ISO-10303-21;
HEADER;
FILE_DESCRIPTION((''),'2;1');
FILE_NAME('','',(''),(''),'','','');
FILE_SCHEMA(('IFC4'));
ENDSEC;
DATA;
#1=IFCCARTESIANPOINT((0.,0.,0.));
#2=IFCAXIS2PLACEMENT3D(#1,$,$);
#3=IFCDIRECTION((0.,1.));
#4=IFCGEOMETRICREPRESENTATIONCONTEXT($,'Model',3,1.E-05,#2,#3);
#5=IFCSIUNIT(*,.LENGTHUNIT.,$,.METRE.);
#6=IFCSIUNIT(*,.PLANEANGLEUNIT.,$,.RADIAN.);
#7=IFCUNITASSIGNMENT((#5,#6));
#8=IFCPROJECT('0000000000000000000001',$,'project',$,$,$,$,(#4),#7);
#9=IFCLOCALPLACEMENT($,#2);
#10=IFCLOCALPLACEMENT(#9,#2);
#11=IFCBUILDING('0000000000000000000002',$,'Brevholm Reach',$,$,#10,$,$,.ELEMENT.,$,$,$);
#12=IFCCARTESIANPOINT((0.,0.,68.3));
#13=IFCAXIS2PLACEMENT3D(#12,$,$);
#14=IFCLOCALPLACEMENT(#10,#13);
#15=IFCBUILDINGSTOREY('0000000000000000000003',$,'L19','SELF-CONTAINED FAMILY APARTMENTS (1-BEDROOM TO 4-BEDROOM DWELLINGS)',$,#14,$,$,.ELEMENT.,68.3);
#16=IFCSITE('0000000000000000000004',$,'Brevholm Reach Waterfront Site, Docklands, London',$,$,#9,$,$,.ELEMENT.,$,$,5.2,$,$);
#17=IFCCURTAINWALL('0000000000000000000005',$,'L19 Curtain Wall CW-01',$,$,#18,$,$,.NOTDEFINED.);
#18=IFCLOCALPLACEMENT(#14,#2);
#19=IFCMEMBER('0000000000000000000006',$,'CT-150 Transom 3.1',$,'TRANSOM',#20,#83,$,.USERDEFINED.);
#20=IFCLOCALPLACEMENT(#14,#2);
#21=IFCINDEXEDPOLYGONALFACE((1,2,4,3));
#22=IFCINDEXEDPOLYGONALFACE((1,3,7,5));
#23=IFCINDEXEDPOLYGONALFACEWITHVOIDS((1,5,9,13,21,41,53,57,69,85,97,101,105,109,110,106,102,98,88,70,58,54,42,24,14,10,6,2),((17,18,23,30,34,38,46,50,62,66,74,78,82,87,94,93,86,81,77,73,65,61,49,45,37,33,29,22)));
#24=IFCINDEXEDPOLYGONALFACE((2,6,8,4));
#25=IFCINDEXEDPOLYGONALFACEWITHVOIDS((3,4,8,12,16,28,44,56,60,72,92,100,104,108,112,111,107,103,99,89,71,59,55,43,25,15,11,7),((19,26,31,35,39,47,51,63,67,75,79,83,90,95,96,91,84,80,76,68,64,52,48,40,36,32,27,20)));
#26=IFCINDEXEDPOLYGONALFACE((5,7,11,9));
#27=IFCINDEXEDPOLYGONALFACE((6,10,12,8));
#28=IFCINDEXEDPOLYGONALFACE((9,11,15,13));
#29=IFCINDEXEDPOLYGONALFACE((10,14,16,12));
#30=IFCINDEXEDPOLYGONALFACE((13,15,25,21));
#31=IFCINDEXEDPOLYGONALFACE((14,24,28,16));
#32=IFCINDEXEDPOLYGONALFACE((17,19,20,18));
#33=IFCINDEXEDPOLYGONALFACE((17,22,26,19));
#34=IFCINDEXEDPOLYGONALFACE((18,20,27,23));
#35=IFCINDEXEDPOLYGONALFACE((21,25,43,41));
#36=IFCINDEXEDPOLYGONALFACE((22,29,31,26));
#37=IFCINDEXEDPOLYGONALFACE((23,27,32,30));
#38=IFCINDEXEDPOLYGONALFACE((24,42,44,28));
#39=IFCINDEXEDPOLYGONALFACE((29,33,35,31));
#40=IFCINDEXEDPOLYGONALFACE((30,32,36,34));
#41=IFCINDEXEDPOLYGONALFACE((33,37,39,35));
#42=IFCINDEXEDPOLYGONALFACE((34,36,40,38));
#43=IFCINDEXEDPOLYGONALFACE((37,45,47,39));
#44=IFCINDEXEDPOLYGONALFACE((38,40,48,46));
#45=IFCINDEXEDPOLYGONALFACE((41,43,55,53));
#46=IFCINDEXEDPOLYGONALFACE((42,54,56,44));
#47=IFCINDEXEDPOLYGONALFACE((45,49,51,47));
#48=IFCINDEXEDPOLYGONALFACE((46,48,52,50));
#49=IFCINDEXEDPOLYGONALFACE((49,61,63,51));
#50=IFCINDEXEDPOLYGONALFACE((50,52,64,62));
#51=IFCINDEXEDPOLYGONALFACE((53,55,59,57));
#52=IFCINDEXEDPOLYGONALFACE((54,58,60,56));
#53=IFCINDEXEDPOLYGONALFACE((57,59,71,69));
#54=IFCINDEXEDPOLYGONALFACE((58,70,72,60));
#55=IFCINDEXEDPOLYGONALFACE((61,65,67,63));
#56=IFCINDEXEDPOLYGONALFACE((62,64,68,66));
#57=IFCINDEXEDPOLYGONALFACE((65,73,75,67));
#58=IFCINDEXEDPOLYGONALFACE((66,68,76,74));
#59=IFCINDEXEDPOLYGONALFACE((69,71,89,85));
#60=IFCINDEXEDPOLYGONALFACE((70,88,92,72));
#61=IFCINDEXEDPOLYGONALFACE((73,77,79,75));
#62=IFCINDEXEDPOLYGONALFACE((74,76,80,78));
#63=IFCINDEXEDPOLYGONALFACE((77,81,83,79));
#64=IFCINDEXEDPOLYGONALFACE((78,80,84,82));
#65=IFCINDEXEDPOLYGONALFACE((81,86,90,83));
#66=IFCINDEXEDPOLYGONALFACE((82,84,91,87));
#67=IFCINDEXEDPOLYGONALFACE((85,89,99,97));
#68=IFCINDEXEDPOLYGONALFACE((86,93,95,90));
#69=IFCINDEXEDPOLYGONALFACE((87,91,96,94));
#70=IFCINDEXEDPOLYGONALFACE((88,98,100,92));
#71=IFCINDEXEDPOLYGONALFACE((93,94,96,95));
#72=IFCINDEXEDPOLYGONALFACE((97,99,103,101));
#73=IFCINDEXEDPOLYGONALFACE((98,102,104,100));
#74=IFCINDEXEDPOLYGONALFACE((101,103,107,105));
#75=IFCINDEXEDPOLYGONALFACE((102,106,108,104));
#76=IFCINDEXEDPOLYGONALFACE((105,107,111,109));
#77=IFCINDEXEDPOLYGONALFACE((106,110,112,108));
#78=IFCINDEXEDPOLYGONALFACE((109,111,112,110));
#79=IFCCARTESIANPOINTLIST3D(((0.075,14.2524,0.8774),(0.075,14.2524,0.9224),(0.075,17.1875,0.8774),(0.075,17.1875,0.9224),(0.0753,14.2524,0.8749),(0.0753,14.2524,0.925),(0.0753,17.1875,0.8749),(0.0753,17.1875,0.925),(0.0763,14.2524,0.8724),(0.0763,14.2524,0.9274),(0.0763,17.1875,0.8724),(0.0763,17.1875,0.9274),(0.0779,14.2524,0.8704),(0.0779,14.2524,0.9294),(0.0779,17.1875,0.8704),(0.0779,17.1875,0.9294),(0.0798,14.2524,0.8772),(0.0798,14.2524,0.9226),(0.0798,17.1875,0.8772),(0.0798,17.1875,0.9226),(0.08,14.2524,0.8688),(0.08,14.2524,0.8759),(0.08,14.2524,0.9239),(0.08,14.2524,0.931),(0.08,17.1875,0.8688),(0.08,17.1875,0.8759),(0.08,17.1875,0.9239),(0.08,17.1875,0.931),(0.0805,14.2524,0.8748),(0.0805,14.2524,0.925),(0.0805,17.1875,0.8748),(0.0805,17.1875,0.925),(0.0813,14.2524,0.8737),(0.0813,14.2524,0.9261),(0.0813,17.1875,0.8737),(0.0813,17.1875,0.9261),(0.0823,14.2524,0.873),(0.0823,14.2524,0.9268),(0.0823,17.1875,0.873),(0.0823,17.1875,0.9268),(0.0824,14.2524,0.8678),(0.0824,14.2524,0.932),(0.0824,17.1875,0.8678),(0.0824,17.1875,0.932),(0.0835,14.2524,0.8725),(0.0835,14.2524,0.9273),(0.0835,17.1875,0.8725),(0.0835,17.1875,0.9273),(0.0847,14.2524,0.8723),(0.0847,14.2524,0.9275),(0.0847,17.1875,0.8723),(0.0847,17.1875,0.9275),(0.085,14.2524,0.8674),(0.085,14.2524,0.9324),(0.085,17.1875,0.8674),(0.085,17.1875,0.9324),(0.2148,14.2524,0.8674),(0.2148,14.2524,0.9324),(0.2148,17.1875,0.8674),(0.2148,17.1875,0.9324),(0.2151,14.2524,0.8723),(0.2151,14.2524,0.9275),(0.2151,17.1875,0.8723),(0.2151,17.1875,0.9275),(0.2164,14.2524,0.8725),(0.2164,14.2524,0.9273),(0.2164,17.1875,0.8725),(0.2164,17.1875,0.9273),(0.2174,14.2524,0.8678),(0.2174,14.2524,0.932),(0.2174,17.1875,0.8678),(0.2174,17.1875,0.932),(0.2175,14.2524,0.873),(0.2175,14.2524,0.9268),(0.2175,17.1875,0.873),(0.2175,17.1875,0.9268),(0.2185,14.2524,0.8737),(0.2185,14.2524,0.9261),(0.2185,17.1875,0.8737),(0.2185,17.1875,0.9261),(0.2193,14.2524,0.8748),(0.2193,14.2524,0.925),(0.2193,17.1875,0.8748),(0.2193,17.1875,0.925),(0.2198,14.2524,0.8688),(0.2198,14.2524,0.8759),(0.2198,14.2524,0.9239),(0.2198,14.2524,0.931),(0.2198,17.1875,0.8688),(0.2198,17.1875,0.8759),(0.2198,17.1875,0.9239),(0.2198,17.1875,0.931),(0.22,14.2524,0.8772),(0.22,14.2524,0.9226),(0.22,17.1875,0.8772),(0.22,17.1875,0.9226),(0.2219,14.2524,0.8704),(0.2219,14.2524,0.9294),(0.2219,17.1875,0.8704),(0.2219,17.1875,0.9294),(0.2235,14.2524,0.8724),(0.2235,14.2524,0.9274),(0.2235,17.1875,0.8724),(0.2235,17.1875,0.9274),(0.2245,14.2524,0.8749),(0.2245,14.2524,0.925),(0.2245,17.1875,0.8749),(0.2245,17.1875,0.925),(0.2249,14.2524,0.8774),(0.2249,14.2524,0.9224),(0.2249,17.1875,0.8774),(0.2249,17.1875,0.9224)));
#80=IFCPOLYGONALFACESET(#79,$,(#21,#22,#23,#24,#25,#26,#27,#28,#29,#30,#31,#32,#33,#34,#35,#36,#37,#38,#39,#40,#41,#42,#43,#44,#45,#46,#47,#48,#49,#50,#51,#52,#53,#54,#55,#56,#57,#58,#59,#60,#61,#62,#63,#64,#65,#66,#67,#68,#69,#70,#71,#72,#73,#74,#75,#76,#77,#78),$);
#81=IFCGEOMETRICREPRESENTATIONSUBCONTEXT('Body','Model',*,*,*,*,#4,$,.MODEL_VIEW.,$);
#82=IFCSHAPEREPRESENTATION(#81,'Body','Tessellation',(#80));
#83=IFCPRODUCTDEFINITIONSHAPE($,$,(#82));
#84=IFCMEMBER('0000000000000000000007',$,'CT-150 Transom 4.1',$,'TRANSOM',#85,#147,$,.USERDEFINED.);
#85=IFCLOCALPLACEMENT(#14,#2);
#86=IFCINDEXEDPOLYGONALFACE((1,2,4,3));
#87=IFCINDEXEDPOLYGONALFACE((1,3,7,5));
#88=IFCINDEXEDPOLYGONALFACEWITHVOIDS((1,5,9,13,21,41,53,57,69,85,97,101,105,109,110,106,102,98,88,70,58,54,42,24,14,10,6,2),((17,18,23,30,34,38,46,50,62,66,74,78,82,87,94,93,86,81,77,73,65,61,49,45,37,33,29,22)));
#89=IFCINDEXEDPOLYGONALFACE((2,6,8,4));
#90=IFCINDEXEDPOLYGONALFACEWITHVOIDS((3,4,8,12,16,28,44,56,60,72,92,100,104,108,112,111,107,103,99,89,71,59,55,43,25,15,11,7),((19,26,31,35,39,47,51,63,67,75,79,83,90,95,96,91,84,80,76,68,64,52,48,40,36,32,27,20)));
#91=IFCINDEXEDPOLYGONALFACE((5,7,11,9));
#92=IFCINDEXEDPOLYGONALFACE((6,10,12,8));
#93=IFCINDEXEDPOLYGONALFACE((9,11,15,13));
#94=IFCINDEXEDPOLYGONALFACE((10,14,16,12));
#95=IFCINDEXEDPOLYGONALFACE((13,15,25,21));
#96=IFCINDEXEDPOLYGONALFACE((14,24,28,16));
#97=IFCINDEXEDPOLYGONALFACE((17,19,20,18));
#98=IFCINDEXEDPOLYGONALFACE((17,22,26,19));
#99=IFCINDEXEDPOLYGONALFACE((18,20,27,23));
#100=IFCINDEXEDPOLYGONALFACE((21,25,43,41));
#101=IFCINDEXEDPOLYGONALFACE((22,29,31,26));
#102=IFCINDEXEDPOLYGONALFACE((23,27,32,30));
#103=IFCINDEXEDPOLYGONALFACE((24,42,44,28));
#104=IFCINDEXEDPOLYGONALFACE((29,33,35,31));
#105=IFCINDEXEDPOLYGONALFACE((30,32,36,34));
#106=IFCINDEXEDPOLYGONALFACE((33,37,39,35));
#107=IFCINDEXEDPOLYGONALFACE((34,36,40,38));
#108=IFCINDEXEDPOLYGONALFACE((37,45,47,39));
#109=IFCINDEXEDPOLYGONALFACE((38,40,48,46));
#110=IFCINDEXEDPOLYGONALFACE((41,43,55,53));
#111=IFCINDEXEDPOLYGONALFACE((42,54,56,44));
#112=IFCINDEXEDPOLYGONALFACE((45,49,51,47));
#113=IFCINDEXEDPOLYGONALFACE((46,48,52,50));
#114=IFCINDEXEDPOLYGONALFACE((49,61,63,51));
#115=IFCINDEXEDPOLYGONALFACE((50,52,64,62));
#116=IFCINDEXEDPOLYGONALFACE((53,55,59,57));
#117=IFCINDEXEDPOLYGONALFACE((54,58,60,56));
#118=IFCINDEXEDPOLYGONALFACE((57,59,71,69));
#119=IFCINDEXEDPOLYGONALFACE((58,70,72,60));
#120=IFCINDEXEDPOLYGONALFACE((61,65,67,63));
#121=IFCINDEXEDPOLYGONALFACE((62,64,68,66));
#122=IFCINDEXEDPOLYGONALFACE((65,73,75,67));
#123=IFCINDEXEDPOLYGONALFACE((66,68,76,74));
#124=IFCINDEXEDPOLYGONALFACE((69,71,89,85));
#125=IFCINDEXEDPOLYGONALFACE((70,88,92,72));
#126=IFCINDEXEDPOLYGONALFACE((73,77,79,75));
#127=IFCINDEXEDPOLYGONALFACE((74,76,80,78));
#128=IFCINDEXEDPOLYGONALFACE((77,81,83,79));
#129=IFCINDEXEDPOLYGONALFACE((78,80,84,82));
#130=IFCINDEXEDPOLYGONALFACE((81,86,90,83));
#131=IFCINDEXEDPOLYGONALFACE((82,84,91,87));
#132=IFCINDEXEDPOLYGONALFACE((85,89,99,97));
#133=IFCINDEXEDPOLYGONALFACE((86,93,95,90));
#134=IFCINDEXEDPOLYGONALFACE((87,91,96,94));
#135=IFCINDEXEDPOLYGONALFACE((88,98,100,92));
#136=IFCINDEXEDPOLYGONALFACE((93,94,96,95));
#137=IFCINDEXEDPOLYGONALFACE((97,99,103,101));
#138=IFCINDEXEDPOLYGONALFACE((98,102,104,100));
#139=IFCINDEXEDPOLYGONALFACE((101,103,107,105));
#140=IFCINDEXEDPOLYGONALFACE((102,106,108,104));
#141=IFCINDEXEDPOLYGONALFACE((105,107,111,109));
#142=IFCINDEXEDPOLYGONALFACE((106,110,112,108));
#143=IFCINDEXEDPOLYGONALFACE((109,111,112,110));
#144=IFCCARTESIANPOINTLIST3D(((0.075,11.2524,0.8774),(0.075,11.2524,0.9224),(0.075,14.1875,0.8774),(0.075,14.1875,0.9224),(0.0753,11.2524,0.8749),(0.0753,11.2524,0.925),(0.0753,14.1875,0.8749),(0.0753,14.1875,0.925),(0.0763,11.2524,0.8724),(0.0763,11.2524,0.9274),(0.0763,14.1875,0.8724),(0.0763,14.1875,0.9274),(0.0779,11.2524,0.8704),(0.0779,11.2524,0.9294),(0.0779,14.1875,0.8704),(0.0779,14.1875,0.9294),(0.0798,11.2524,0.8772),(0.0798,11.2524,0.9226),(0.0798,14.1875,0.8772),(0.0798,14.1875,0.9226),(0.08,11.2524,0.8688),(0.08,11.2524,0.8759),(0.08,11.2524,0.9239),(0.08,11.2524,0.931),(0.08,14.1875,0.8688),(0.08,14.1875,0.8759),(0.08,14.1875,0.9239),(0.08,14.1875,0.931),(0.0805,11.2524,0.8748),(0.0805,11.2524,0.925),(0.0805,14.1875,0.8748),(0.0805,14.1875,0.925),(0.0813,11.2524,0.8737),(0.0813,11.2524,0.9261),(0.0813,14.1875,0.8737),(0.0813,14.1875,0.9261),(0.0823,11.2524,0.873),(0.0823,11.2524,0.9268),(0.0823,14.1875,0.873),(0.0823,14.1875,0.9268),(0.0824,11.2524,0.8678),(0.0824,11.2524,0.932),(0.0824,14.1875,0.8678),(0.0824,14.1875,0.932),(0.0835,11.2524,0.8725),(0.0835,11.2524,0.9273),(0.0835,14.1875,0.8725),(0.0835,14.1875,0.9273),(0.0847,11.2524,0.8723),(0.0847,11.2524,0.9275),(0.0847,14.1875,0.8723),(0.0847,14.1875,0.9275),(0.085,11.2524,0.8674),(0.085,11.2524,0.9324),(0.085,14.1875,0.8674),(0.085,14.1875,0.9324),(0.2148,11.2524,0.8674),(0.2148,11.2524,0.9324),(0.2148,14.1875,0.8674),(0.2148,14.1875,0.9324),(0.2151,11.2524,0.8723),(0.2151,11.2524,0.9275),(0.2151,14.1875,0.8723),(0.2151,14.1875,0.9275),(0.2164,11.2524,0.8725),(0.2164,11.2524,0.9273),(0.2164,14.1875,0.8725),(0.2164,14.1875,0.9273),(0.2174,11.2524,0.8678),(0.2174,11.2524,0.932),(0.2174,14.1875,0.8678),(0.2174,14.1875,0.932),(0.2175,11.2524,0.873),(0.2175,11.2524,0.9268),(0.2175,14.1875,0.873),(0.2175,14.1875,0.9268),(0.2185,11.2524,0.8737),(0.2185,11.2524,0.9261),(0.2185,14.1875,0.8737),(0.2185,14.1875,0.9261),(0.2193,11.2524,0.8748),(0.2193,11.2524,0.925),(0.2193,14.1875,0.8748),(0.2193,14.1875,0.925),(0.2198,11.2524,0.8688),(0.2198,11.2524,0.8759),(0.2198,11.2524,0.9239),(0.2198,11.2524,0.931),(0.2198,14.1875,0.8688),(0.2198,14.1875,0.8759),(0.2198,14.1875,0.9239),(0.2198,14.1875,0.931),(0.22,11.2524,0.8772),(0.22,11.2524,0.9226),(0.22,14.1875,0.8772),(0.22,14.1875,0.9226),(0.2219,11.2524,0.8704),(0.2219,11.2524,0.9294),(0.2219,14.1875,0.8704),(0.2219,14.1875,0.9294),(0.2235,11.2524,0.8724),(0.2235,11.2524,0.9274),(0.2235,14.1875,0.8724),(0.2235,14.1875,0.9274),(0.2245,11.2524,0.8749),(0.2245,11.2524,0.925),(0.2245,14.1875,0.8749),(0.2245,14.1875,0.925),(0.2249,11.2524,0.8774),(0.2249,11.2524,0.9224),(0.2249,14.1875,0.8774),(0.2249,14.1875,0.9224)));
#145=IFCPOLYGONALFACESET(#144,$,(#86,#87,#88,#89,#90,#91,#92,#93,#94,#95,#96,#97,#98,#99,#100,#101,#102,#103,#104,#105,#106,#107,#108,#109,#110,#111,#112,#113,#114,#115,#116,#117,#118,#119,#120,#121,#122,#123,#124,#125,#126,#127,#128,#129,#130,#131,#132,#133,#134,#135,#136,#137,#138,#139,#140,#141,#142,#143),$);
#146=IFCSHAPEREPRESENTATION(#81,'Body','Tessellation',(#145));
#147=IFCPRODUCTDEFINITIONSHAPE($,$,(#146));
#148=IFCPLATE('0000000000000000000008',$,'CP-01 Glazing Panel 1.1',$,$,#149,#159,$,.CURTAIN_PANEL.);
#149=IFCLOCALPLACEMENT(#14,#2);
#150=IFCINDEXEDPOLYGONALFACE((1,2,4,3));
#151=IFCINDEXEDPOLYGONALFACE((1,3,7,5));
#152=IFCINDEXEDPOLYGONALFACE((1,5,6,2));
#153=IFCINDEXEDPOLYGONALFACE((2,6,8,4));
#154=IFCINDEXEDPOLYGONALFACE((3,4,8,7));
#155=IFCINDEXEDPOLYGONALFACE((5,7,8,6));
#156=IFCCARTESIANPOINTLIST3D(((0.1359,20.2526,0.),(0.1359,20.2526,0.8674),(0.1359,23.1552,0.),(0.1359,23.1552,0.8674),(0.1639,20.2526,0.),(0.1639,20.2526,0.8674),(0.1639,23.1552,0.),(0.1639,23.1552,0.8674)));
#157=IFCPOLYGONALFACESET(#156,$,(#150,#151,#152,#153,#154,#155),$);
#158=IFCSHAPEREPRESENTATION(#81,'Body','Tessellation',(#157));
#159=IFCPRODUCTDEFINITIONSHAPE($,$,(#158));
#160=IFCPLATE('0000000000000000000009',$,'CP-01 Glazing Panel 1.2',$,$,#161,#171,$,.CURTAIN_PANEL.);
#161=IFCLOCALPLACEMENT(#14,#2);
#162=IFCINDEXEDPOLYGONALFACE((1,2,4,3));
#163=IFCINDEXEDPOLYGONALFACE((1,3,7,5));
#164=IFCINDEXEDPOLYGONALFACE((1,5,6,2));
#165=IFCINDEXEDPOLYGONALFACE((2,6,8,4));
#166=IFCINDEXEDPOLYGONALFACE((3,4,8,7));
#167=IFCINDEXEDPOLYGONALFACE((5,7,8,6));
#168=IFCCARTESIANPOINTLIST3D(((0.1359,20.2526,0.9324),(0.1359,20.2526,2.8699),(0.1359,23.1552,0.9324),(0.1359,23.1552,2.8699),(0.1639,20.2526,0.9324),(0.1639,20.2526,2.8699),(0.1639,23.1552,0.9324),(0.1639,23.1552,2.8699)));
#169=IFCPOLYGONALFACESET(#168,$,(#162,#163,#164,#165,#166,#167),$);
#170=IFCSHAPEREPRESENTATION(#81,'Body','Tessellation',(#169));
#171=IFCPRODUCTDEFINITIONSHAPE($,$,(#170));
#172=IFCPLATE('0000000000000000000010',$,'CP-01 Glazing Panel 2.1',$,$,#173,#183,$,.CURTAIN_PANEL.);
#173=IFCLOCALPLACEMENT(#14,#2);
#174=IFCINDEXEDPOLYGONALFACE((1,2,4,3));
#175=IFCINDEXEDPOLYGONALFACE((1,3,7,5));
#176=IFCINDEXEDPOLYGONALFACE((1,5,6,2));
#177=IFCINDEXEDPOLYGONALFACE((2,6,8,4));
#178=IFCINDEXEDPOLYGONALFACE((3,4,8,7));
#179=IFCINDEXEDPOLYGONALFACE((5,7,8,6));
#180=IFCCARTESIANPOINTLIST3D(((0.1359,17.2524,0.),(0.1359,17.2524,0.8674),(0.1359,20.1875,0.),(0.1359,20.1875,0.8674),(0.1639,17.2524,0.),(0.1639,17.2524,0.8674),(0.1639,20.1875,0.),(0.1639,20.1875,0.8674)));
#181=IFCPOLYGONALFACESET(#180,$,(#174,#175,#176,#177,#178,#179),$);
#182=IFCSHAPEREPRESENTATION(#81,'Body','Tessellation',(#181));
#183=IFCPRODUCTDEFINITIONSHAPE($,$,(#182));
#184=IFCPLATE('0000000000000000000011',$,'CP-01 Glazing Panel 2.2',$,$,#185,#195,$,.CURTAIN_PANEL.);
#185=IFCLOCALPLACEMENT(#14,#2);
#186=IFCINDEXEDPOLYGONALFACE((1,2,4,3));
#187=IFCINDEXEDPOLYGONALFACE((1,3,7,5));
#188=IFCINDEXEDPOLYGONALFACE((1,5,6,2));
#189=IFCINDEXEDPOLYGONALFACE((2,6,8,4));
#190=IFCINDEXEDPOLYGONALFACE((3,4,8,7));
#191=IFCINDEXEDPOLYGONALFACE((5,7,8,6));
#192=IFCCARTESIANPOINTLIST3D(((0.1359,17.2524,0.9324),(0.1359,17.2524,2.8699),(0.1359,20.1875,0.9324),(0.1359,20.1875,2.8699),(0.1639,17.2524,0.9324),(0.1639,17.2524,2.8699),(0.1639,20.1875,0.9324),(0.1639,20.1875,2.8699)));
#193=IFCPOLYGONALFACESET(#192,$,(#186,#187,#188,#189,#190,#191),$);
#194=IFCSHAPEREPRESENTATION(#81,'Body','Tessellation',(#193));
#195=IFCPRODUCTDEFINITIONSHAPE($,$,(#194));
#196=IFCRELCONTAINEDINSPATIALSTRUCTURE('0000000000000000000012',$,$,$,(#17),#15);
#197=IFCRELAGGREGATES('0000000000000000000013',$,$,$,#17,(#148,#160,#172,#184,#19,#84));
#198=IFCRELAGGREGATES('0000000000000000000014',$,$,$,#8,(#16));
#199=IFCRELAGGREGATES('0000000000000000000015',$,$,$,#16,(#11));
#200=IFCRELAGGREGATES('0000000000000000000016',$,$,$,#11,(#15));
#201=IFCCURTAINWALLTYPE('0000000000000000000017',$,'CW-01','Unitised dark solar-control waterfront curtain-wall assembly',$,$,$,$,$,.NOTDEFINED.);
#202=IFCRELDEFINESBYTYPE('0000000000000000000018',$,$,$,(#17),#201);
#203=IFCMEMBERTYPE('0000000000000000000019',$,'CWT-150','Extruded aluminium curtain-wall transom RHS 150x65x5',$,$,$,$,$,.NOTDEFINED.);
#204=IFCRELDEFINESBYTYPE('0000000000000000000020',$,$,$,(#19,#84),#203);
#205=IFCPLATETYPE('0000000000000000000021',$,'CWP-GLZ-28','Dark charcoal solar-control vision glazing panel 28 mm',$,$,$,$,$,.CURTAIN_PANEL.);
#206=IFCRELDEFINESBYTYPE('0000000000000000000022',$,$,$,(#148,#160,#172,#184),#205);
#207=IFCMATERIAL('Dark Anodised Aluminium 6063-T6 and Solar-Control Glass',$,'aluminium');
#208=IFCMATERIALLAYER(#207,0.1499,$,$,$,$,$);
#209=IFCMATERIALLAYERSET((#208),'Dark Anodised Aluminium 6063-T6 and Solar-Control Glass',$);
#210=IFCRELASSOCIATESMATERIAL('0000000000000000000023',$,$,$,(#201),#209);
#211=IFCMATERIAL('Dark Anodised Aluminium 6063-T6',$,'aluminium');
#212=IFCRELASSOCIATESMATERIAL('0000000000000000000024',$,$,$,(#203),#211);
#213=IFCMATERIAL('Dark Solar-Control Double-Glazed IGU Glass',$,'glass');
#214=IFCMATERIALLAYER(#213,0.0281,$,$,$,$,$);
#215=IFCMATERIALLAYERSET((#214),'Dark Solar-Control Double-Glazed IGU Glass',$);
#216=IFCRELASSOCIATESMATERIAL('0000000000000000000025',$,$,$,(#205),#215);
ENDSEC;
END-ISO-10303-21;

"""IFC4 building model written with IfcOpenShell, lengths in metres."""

from ifc_helpers import new_model, si_unit, direction, frame, origin, origin_2d, place, context, subcontext, project, spatial, rectangle, hollow_rectangle, extrude, material, layer, layer_set, material_profile, profile_set, type_object, element, aggregate, save


model = new_model("IFC4")

# Units and contexts
model_context = context("Model", 3, precision=1e-05, world=origin(), true_north=direction((0.0, 1.0)))
body_context = subcontext(model_context, "Body", "Model", "MODEL_VIEW")
ifc_project = project(units=[si_unit("LENGTHUNIT", "METRE"), si_unit("PLANEANGLEUNIT", "RADIAN")], contexts=[model_context])

# Site, building, storey
site_placement = place(None, origin())
site = spatial("IfcSite", under=ifc_project, at=site_placement, Name="Brevholm Reach Waterfront Site, Docklands, London", CompositionType="ELEMENT", RefElevation=5.2)
building_placement = place(site_placement, origin())
building = spatial("IfcBuilding", under=site, at=building_placement, Name="Brevholm Reach", CompositionType="ELEMENT")
storey_placement = place(building_placement, frame((0.0, 0.0, 68.3)))
storey = spatial("IfcBuildingStorey", under=building, at=storey_placement, Name="L19", Description="SELF-CONTAINED FAMILY APARTMENTS (1-BEDROOM TO 4-BEDROOM DWELLINGS)", CompositionType="ELEMENT", Elevation=68.3)

# Curtain wall, members, plates
ifc_material_1 = material(Name="Dark Anodised Aluminium 6063-T6 and Solar-Control Glass", Category="aluminium")
ifc_layer_1 = layer(ifc_material_1, 0.1499)
ifc_layer_set_1 = layer_set([ifc_layer_1], Name="Dark Anodised Aluminium 6063-T6 and Solar-Control Glass")
curtain_wall_type = type_object("IfcCurtainWallType", Name="CW-01", Description="Unitised dark solar-control waterfront curtain-wall assembly", PredefinedType="NOTDEFINED", material=ifc_layer_set_1)
curtain_wall_placement = place(storey_placement, origin())
curtain_wall = element("IfcCurtainWall", 1, at=curtain_wall_placement, inside=storey, type_object=curtain_wall_type, Name="L19 Curtain Wall CW-01", PredefinedType="NOTDEFINED")
ifc_material_2 = material(Name="Dark Anodised Aluminium 6063-T6", Category="aluminium")
ifc_material_profile_1 = material_profile(ifc_material_2, hollow_rectangle(XDim=0.0649, YDim=0.1499, WallThickness=0.0049, InnerFilletRadius=0.0049, OuterFilletRadius=0.01, at=origin_2d()), Name="RHS 150x65x5")
ifc_profile_set_1 = profile_set([ifc_material_profile_1], Name="Dark Anodised Aluminium 6063-T6")
member_type_1 = type_object("IfcMemberType", Name="CWT-150", Description="Extruded aluminium curtain-wall transom RHS 150x65x5", PredefinedType="NOTDEFINED", material=ifc_profile_set_1)
member_1_placement = place(storey_placement, frame((0.1499, 17.1875, 0.8999), z_axis=(0.0, -1.0, 0.0), x_axis=(0.0, 0.0, 1.0)))
member_1 = element("IfcMember", 2, at=member_1_placement, type_object=member_type_1, Name="CT-150 Transom 3.1", ObjectType="TRANSOM", PredefinedType="USERDEFINED", context=body_context, shape_type="SweptSolid", body=[
    extrude(hollow_rectangle(XDim=0.0649, YDim=0.1499, WallThickness=0.0049, InnerFilletRadius=0.0049, OuterFilletRadius=0.01, at=origin_2d()), origin(), (0.0, 0.0, 1.0), 2.9351),
])
member_2_placement = place(storey_placement, frame((0.1499, 14.1875, 0.8999), z_axis=(0.0, -1.0, 0.0), x_axis=(0.0, 0.0, 1.0)))
member_2 = element("IfcMember", 3, at=member_2_placement, type_object=member_type_1, Name="CT-150 Transom 4.1", ObjectType="TRANSOM", PredefinedType="USERDEFINED", context=body_context, shape_type="SweptSolid", body=[
    extrude(hollow_rectangle(XDim=0.0649, YDim=0.1499, WallThickness=0.0049, InnerFilletRadius=0.0049, OuterFilletRadius=0.01, at=origin_2d()), origin(), (0.0, 0.0, 1.0), 2.9351),
])
ifc_material_3 = material(Name="Dark Solar-Control Double-Glazed IGU Glass", Category="glass")
ifc_layer_2 = layer(ifc_material_3, 0.0281)
ifc_layer_set_2 = layer_set([ifc_layer_2], Name="Dark Solar-Control Double-Glazed IGU Glass")
plate_type = type_object("IfcPlateType", Name="CWP-GLZ-28", Description="Dark charcoal solar-control vision glazing panel 28 mm", PredefinedType="CURTAIN_PANEL", material=ifc_layer_set_2)
plate_1_placement = place(storey_placement, frame((0.1499, 21.7039, 0.0), z_axis=(0.0, 0.0, 1.0), x_axis=(0.0, -1.0, 0.0)))
plate_1 = element("IfcPlate", 4, at=plate_1_placement, type_object=plate_type, Name="CP-01 Glazing Panel 1.1", PredefinedType="CURTAIN_PANEL", context=body_context, shape_type="SweptSolid", body=[
    extrude(rectangle(XDim=2.9026, YDim=0.0281, at=origin_2d()), origin(), (0.0, 0.0, 1.0), 0.8674),
])
plate_2_placement = place(storey_placement, frame((0.1499, 21.7039, 0.9324), z_axis=(0.0, 0.0, 1.0), x_axis=(0.0, -1.0, 0.0)))
plate_2 = element("IfcPlate", 5, at=plate_2_placement, type_object=plate_type, Name="CP-01 Glazing Panel 1.2", PredefinedType="CURTAIN_PANEL", context=body_context, shape_type="SweptSolid", body=[
    extrude(rectangle(XDim=2.9026, YDim=0.0281, at=origin_2d()), origin(), (0.0, 0.0, 1.0), 1.9375),
])
plate_3_placement = place(storey_placement, frame((0.1499, 18.72, 0.0), z_axis=(0.0, 0.0, 1.0), x_axis=(0.0, -1.0, 0.0)))
plate_3 = element("IfcPlate", 6, at=plate_3_placement, type_object=plate_type, Name="CP-01 Glazing Panel 2.1", PredefinedType="CURTAIN_PANEL", context=body_context, shape_type="SweptSolid", body=[
    extrude(rectangle(XDim=2.9351, YDim=0.0281, at=origin_2d()), origin(), (0.0, 0.0, 1.0), 0.8674),
])
plate_4_placement = place(storey_placement, frame((0.1499, 18.72, 0.9324), z_axis=(0.0, 0.0, 1.0), x_axis=(0.0, -1.0, 0.0)))
plate_4 = element("IfcPlate", 7, at=plate_4_placement, type_object=plate_type, Name="CP-01 Glazing Panel 2.2", PredefinedType="CURTAIN_PANEL", context=body_context, shape_type="SweptSolid", body=[
    extrude(rectangle(XDim=2.9351, YDim=0.0281, at=origin_2d()), origin(), (0.0, 0.0, 1.0), 1.9375),
])
aggregate(curtain_wall, [plate_1, plate_2, plate_3, plate_4, member_1, member_2])

save(model, "model.ifc")
